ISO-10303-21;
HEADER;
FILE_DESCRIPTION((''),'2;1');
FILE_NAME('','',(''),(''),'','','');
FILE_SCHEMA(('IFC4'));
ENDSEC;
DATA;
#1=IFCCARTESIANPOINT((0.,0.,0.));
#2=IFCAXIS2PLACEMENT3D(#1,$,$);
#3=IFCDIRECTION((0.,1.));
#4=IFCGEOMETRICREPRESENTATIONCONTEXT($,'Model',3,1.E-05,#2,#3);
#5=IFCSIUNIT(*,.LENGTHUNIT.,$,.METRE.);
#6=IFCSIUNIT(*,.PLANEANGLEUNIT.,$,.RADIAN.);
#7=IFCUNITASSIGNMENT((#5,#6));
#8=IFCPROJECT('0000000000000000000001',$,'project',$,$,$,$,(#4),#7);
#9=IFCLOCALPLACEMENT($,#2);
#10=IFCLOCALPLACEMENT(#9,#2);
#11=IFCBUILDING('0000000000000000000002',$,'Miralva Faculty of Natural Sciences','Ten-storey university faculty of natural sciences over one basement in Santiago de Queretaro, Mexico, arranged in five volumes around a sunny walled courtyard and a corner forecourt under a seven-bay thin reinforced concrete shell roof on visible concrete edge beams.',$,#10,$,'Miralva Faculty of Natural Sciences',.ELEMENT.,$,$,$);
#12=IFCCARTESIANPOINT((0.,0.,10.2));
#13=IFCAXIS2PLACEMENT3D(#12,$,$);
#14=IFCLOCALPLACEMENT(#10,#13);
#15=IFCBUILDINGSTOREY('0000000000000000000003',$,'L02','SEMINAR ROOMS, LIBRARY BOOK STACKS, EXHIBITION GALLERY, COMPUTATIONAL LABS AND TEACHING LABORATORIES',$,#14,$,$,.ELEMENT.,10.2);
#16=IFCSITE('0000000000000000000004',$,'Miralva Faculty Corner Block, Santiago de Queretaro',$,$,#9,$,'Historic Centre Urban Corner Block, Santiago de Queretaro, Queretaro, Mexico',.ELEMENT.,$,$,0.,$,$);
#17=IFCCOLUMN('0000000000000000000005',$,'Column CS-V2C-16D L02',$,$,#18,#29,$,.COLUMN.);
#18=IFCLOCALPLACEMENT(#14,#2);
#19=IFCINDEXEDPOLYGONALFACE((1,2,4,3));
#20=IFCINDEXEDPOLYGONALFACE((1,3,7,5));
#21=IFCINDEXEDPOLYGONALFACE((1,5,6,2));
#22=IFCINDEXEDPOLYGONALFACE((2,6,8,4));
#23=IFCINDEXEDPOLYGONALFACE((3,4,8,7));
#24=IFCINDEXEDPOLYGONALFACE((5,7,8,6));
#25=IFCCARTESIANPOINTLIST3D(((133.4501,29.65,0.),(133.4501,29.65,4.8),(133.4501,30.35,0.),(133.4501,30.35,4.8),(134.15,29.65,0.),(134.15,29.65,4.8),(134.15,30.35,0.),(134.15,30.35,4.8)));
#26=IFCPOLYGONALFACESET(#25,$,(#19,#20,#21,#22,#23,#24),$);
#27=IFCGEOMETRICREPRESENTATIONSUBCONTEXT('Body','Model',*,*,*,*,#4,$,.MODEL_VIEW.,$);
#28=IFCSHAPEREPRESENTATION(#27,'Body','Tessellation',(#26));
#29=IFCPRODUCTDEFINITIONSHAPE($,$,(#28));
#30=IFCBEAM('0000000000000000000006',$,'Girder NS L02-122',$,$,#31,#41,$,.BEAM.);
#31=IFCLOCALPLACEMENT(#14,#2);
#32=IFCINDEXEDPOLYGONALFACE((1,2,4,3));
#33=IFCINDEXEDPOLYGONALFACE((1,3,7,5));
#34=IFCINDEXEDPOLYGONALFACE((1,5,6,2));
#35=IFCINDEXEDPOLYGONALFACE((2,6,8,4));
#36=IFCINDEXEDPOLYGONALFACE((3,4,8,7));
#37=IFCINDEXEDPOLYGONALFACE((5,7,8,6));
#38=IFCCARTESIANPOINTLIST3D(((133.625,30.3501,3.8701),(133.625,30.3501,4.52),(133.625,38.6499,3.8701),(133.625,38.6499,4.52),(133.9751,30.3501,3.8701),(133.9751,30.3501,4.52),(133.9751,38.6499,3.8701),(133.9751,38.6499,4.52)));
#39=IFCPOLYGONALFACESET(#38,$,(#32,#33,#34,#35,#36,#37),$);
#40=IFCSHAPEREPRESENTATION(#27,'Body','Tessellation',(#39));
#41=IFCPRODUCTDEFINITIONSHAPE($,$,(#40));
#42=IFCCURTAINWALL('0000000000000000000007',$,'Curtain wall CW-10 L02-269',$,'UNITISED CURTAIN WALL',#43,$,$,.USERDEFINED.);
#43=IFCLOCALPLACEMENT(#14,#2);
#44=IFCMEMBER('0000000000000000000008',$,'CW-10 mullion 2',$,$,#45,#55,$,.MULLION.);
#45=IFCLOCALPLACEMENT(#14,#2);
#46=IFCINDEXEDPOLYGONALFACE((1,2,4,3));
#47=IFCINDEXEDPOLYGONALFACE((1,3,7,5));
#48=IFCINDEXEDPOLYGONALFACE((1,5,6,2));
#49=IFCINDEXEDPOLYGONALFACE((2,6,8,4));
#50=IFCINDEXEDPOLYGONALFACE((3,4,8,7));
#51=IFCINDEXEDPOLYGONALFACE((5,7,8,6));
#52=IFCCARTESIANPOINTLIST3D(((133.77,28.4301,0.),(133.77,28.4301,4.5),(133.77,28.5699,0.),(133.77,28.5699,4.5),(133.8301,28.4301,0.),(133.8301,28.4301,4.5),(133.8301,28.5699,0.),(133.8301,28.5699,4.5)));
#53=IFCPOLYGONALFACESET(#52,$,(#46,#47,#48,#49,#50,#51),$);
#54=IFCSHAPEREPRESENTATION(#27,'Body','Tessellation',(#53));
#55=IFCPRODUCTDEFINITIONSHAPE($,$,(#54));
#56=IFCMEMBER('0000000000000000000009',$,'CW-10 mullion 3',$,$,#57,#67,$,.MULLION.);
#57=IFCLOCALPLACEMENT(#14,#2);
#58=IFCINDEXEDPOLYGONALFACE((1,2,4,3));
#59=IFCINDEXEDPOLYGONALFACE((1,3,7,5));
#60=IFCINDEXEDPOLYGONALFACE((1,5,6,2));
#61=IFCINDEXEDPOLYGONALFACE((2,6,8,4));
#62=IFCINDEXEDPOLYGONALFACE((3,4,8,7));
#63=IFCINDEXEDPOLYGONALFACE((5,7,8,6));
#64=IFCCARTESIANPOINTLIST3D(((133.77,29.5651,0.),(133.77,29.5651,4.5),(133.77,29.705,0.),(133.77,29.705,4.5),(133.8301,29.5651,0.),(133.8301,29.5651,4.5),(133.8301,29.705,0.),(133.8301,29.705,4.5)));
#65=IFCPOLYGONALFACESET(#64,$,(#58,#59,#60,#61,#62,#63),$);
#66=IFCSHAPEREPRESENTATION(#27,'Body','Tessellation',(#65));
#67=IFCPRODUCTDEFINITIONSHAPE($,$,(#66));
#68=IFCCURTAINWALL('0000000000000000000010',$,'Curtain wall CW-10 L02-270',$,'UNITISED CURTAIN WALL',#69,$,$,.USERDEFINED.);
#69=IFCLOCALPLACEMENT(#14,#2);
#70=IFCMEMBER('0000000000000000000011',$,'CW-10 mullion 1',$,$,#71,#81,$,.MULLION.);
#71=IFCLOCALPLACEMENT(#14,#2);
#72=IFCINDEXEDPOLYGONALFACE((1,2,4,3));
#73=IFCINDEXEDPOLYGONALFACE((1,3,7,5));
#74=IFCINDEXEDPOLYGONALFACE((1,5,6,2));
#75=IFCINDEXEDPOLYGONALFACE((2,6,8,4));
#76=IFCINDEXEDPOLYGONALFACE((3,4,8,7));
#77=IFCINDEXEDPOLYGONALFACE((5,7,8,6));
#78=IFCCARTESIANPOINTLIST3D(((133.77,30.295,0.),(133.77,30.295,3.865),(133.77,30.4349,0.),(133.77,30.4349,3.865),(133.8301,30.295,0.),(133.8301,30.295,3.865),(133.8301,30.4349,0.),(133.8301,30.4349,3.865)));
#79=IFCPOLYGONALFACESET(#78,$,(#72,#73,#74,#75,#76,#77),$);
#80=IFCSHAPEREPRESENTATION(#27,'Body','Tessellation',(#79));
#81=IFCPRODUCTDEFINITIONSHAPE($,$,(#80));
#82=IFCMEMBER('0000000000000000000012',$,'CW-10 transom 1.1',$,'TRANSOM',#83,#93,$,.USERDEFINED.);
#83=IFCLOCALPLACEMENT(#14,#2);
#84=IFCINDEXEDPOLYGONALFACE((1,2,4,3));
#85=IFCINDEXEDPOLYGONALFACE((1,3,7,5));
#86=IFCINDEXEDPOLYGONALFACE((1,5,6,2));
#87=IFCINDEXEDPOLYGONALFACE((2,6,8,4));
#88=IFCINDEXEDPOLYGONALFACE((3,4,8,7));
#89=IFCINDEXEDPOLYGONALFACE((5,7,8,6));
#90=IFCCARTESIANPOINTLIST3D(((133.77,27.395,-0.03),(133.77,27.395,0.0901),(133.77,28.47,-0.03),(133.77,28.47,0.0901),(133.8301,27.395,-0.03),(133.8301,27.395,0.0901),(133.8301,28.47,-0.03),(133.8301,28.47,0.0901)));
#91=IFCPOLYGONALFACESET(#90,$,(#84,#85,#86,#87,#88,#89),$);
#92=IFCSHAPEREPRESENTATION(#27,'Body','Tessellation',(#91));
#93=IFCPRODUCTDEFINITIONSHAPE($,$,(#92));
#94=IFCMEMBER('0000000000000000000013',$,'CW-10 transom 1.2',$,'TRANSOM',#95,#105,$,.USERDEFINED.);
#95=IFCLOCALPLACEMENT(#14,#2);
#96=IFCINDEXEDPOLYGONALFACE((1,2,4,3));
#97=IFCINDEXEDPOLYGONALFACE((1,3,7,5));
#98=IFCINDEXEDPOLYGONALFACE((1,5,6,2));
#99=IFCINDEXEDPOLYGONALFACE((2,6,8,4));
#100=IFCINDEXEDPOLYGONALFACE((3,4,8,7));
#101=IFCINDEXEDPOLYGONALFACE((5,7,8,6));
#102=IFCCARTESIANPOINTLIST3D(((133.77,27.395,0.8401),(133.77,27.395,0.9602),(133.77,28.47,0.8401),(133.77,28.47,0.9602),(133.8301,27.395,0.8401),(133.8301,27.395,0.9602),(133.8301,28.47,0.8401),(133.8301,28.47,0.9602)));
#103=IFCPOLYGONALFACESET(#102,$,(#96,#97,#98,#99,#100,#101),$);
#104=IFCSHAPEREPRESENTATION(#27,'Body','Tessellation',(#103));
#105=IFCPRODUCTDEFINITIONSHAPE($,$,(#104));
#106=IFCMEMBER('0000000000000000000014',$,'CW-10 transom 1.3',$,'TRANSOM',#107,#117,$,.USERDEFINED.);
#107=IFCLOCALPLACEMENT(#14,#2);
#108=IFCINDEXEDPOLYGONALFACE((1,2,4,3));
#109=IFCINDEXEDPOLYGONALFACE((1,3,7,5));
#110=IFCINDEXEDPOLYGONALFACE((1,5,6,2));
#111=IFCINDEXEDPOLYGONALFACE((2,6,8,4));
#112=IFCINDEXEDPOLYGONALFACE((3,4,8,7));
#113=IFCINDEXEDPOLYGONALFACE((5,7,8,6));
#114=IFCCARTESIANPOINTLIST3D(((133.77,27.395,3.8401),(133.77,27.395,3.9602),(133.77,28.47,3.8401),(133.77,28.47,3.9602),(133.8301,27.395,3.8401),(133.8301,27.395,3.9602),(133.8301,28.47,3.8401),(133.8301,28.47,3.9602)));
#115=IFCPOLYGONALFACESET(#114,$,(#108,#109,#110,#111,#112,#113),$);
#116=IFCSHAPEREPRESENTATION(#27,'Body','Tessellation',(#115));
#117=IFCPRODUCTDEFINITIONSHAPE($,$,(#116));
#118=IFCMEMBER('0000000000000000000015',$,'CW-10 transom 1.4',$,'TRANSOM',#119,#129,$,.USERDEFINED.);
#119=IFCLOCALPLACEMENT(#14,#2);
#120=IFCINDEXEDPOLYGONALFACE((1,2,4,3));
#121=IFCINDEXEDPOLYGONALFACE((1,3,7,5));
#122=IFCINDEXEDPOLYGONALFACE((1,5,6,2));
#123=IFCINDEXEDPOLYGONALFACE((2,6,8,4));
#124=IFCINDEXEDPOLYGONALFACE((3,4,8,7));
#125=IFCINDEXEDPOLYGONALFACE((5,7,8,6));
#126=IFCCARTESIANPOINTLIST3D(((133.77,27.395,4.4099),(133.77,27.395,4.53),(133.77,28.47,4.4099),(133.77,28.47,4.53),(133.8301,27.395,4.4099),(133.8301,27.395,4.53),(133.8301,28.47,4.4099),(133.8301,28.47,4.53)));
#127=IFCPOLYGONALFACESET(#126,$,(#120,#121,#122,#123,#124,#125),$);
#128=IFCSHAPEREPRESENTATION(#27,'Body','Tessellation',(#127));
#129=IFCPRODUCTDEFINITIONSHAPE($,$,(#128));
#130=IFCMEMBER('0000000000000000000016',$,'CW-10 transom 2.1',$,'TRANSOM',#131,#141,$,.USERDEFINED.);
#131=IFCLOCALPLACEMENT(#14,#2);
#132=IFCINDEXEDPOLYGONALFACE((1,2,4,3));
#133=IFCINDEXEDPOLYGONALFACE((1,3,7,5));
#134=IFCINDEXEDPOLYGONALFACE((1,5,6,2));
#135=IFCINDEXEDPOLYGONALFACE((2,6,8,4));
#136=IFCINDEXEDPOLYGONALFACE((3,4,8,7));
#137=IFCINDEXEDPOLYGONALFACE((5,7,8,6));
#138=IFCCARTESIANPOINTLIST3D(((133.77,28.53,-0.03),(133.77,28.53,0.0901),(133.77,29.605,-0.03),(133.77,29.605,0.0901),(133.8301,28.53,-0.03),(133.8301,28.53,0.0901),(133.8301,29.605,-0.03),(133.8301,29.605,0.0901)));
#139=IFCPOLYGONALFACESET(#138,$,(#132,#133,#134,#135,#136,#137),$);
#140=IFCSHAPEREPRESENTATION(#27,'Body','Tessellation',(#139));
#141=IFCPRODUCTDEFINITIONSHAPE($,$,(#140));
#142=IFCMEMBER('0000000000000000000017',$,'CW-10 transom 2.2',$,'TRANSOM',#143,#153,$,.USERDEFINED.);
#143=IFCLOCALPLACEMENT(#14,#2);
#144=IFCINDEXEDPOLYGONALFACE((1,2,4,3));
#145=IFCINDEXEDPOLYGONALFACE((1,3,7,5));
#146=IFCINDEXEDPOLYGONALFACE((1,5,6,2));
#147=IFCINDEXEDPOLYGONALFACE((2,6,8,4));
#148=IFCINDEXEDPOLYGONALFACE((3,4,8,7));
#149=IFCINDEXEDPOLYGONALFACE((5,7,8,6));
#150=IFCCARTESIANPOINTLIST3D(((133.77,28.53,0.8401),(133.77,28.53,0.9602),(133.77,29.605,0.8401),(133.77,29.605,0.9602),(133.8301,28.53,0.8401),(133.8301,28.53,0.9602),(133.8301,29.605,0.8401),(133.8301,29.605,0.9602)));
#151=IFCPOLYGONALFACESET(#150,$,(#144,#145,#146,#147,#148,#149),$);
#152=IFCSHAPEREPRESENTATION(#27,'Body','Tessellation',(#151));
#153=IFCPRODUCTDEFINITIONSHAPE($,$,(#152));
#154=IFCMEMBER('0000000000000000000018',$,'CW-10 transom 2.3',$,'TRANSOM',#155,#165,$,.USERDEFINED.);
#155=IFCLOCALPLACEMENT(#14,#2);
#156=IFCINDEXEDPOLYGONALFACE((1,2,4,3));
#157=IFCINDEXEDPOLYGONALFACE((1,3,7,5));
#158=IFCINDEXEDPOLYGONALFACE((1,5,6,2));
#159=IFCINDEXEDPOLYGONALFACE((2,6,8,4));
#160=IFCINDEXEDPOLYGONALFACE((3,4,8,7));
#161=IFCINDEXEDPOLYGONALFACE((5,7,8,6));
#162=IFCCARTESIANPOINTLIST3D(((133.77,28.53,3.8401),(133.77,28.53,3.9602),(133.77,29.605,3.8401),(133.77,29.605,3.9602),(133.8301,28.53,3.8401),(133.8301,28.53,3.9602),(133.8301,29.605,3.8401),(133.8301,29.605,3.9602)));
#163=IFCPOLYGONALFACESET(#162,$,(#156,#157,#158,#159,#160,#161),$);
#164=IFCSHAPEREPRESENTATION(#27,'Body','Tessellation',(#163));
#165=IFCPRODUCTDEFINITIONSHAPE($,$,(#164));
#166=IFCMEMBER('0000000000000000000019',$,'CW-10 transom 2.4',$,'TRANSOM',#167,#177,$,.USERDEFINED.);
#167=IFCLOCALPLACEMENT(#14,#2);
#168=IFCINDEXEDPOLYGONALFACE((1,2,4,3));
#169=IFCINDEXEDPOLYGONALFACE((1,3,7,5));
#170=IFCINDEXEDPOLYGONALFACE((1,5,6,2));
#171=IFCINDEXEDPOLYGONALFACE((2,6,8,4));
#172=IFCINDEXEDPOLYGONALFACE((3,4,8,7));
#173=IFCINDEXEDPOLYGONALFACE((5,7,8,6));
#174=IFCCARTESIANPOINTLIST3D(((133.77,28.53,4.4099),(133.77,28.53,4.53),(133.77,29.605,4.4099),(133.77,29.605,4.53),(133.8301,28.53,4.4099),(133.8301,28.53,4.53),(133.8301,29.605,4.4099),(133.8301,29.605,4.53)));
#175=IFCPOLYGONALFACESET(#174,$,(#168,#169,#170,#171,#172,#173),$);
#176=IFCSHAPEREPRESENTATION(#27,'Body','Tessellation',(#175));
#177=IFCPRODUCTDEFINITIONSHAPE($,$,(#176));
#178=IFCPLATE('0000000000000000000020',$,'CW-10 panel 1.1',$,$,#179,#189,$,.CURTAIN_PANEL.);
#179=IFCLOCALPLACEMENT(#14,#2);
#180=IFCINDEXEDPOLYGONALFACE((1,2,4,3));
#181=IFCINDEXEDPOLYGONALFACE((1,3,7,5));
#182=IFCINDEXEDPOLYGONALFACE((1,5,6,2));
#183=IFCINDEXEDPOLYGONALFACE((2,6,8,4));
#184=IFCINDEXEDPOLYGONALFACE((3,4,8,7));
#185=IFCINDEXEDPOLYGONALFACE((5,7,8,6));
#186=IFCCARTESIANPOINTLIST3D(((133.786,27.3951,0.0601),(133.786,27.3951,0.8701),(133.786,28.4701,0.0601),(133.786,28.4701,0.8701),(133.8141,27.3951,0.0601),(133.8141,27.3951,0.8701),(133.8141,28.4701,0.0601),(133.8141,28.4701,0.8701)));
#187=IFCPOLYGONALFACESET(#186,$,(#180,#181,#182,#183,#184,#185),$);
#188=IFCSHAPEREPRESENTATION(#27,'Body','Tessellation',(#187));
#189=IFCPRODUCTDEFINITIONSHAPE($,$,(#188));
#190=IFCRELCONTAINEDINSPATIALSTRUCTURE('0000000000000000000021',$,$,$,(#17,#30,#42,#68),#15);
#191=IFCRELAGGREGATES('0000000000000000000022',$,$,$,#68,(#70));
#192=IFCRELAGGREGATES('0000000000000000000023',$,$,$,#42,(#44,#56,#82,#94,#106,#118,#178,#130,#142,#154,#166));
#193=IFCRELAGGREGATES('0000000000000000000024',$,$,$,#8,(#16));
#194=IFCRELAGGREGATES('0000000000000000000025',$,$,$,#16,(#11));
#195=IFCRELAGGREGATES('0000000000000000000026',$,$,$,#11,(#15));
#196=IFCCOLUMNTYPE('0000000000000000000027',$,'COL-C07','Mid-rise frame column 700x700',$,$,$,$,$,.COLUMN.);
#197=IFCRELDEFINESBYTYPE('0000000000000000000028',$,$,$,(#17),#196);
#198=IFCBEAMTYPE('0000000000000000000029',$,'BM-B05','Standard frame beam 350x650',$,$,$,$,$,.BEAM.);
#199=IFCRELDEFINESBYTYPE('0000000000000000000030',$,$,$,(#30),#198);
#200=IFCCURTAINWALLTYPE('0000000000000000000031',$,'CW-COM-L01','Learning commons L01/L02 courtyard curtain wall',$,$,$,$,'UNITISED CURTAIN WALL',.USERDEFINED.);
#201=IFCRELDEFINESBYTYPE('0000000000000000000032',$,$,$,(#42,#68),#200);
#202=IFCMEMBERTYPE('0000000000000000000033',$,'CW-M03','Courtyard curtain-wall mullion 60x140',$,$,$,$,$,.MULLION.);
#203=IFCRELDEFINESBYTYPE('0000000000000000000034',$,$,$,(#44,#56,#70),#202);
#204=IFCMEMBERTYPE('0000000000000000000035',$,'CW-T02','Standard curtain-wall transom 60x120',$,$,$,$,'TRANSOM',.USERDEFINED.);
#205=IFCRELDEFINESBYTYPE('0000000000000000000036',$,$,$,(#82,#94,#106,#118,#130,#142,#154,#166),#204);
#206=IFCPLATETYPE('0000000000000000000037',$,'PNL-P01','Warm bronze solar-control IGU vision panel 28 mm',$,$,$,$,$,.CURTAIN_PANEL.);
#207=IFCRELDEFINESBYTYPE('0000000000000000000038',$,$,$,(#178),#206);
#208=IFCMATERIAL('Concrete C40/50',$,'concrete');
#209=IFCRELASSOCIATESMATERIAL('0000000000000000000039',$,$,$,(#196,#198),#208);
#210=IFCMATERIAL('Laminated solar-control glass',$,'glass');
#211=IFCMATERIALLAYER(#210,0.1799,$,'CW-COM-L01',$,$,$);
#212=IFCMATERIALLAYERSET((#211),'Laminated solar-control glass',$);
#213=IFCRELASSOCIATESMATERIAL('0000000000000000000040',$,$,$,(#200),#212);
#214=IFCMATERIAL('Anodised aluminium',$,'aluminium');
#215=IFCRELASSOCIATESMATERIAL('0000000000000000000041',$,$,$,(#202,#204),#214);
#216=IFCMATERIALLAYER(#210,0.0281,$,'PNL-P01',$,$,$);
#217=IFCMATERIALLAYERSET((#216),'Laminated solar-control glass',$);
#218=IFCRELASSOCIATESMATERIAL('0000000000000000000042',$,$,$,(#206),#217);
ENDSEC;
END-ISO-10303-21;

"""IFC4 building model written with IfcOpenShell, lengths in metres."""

from ifc_helpers import new_model, si_unit, direction, frame, origin, origin_2d, place, context, subcontext, project, spatial, rectangle, extrude, material, layer, layer_set, material_profile, profile_set, type_object, element, aggregate, save


model = new_model("IFC4")

# Units and contexts
model_context = context("Model", 3, precision=1e-05, world=origin(), true_north=direction((0.0, 1.0)))
body_context = subcontext(model_context, "Body", "Model", "MODEL_VIEW")
ifc_project = project(units=[si_unit("LENGTHUNIT", "METRE"), si_unit("PLANEANGLEUNIT", "RADIAN")], contexts=[model_context])

# Site, building, storey
site_placement = place(None, origin())
site = spatial("IfcSite", under=ifc_project, at=site_placement, Name="Miralva Faculty Corner Block, Santiago de Queretaro", LongName="Historic Centre Urban Corner Block, Santiago de Queretaro, Queretaro, Mexico", CompositionType="ELEMENT", RefElevation=0.0)
building_placement = place(site_placement, origin())
building = spatial("IfcBuilding", under=site, at=building_placement, Name="Miralva Faculty of Natural Sciences", Description="Ten-storey university faculty of natural sciences over one basement in Santiago de Queretaro, Mexico, arranged in five volumes around a sunny walled courtyard and a corner forecourt under a seven-bay thin reinforced concrete shell roof on visible concrete edge beams.", LongName="Miralva Faculty of Natural Sciences", CompositionType="ELEMENT")
storey_placement = place(building_placement, frame((0.0, 0.0, 10.2)))
storey = spatial("IfcBuildingStorey", under=building, at=storey_placement, Name="L02", Description="SEMINAR ROOMS, LIBRARY BOOK STACKS, EXHIBITION GALLERY, COMPUTATIONAL LABS AND TEACHING LABORATORIES", CompositionType="ELEMENT", Elevation=10.2)

# Column
ifc_material_1 = material(Name="Concrete C40/50", Category="concrete")
ifc_material_profile_1 = material_profile(ifc_material_1, rectangle(XDim=0.7, YDim=0.7, at=origin_2d()), Name="RC 700x700")
ifc_profile_set_1 = profile_set([ifc_material_profile_1], Name="Concrete C40/50")
column_type = type_object("IfcColumnType", Name="COL-C07", Description="Mid-rise frame column 700x700", PredefinedType="COLUMN", material=ifc_profile_set_1)
column_placement = place(storey_placement, frame((133.8, 30.0, 0.0), z_axis=(0.0, 0.0, 1.0), x_axis=(1.0, 0.0, 0.0)))
element("IfcColumn", 1, at=column_placement, inside=storey, type_object=column_type, Name="Column CS-V2C-16D L02", PredefinedType="COLUMN", context=body_context, shape_type="SweptSolid", body=[
    extrude(rectangle(XDim=0.7, YDim=0.7, at=origin_2d()), origin(), (0.0, 0.0, 1.0), 4.8),
])

# Beam
ifc_material_profile_2 = material_profile(ifc_material_1, rectangle(XDim=0.3501, YDim=0.6499, at=origin_2d()), Name="RC 350x650")
ifc_profile_set_2 = profile_set([ifc_material_profile_2], Name="Concrete C40/50")
beam_type = type_object("IfcBeamType", Name="BM-B05", Description="Standard frame beam 350x650", PredefinedType="BEAM", material=ifc_profile_set_2)
beam_placement = place(storey_placement, frame((133.8, 30.3501, 4.1951), z_axis=(0.0, 1.0, 0.0), x_axis=(-1.0, 0.0, 0.0)))
element("IfcBeam", 2, at=beam_placement, inside=storey, type_object=beam_type, Name="Girder NS L02-122", PredefinedType="BEAM", context=body_context, shape_type="SweptSolid", body=[
    extrude(rectangle(XDim=0.3501, YDim=0.6499, at=origin_2d()), origin(), (0.0, 0.0, 1.0), 8.2998),
])

# Curtain wall, members
ifc_material_2 = material(Name="Laminated solar-control glass", Category="glass")
ifc_layer_1 = layer(ifc_material_2, 0.1799, Name="CW-COM-L01")
ifc_layer_set_1 = layer_set([ifc_layer_1], Name="Laminated solar-control glass")
curtain_wall_type = type_object("IfcCurtainWallType", Name="CW-COM-L01", Description="Learning commons L01/L02 courtyard curtain wall", ElementType="UNITISED CURTAIN WALL", PredefinedType="USERDEFINED", material=ifc_layer_set_1)
curtain_wall_1_placement = place(storey_placement, origin())
curtain_wall_1 = element("IfcCurtainWall", 3, at=curtain_wall_1_placement, inside=storey, type_object=curtain_wall_type, Name="Curtain wall CW-10 L02-269", ObjectType="UNITISED CURTAIN WALL", PredefinedType="USERDEFINED")
ifc_material_3 = material(Name="Anodised aluminium", Category="aluminium")
ifc_material_profile_3 = material_profile(ifc_material_3, rectangle(XDim=0.0601, YDim=0.1399, at=origin_2d()), Name="MULLION 60x140")
ifc_profile_set_3 = profile_set([ifc_material_profile_3], Name="Anodised aluminium")
member_type_1 = type_object("IfcMemberType", Name="CW-M03", Description="Courtyard curtain-wall mullion 60x140", PredefinedType="MULLION", material=ifc_profile_set_3)
member_1_placement = place(storey_placement, frame((133.8, 28.5, 0.0), z_axis=(0.0, 0.0, 1.0), x_axis=(-1.0, 0.0, 0.0)))
member_1 = element("IfcMember", 4, at=member_1_placement, type_object=member_type_1, Name="CW-10 mullion 2", PredefinedType="MULLION", context=body_context, shape_type="SweptSolid", body=[
    extrude(rectangle(XDim=0.0601, YDim=0.1399, at=origin_2d()), origin(), (0.0, 0.0, 1.0), 4.5),
])
member_2_placement = place(storey_placement, frame((133.8, 29.635, 0.0), z_axis=(0.0, 0.0, 1.0), x_axis=(-1.0, 0.0, 0.0)))
member_2 = element("IfcMember", 5, at=member_2_placement, type_object=member_type_1, Name="CW-10 mullion 3", PredefinedType="MULLION", context=body_context, shape_type="SweptSolid", body=[
    extrude(rectangle(XDim=0.0601, YDim=0.1399, at=origin_2d()), origin(), (0.0, 0.0, 1.0), 4.5),
])

# Curtain wall, member
curtain_wall_2_placement = place(storey_placement, origin())
curtain_wall_2 = element("IfcCurtainWall", 6, at=curtain_wall_2_placement, inside=storey, type_object=curtain_wall_type, Name="Curtain wall CW-10 L02-270", ObjectType="UNITISED CURTAIN WALL", PredefinedType="USERDEFINED")
member_3_placement = place(storey_placement, frame((133.8, 30.365, 0.0), z_axis=(0.0, 0.0, 1.0), x_axis=(-1.0, 0.0, 0.0)))
member_3 = element("IfcMember", 7, at=member_3_placement, type_object=member_type_1, Name="CW-10 mullion 1", PredefinedType="MULLION", context=body_context, shape_type="SweptSolid", body=[
    extrude(rectangle(XDim=0.0601, YDim=0.1399, at=origin_2d()), origin(), (0.0, 0.0, 1.0), 3.865),
])
aggregate(curtain_wall_2, [member_3])

# Members
ifc_material_profile_4 = material_profile(ifc_material_3, rectangle(XDim=0.0601, YDim=0.1201, at=origin_2d()), Name="TRANSOM 60x120")
ifc_profile_set_4 = profile_set([ifc_material_profile_4], Name="Anodised aluminium")
member_type_2 = type_object("IfcMemberType", Name="CW-T02", Description="Standard curtain-wall transom 60x120", ElementType="TRANSOM", PredefinedType="USERDEFINED", material=ifc_profile_set_4)
member_4_placement = place(storey_placement, frame((133.8, 27.395, 0.03), z_axis=(0.0, 1.0, 0.0), x_axis=(-1.0, 0.0, 0.0)))
member_4 = element("IfcMember", 8, at=member_4_placement, type_object=member_type_2, Name="CW-10 transom 1.1", ObjectType="TRANSOM", PredefinedType="USERDEFINED", context=body_context, shape_type="SweptSolid", body=[
    extrude(rectangle(XDim=0.0601, YDim=0.1201, at=origin_2d()), origin(), (0.0, 0.0, 1.0), 1.075),
])
member_5_placement = place(storey_placement, frame((133.8, 27.395, 0.9001), z_axis=(0.0, 1.0, 0.0), x_axis=(-1.0, 0.0, 0.0)))
member_5 = element("IfcMember", 9, at=member_5_placement, type_object=member_type_2, Name="CW-10 transom 1.2", ObjectType="TRANSOM", PredefinedType="USERDEFINED", context=body_context, shape_type="SweptSolid", body=[
    extrude(rectangle(XDim=0.0601, YDim=0.1201, at=origin_2d()), origin(), (0.0, 0.0, 1.0), 1.075),
])
member_6_placement = place(storey_placement, frame((133.8, 27.395, 3.9001), z_axis=(0.0, 1.0, 0.0), x_axis=(-1.0, 0.0, 0.0)))
member_6 = element("IfcMember", 10, at=member_6_placement, type_object=member_type_2, Name="CW-10 transom 1.3", ObjectType="TRANSOM", PredefinedType="USERDEFINED", context=body_context, shape_type="SweptSolid", body=[
    extrude(rectangle(XDim=0.0601, YDim=0.1201, at=origin_2d()), origin(), (0.0, 0.0, 1.0), 1.075),
])
member_7_placement = place(storey_placement, frame((133.8, 27.395, 4.47), z_axis=(0.0, 1.0, 0.0), x_axis=(-1.0, 0.0, 0.0)))
member_7 = element("IfcMember", 11, at=member_7_placement, type_object=member_type_2, Name="CW-10 transom 1.4", ObjectType="TRANSOM", PredefinedType="USERDEFINED", context=body_context, shape_type="SweptSolid", body=[
    extrude(rectangle(XDim=0.0601, YDim=0.1201, at=origin_2d()), origin(), (0.0, 0.0, 1.0), 1.075),
])
member_8_placement = place(storey_placement, frame((133.8, 28.53, 0.03), z_axis=(0.0, 1.0, 0.0), x_axis=(-1.0, 0.0, 0.0)))
member_8 = element("IfcMember", 12, at=member_8_placement, type_object=member_type_2, Name="CW-10 transom 2.1", ObjectType="TRANSOM", PredefinedType="USERDEFINED", context=body_context, shape_type="SweptSolid", body=[
    extrude(rectangle(XDim=0.0601, YDim=0.1201, at=origin_2d()), origin(), (0.0, 0.0, 1.0), 1.075),
])
member_9_placement = place(storey_placement, frame((133.8, 28.53, 0.9001), z_axis=(0.0, 1.0, 0.0), x_axis=(-1.0, 0.0, 0.0)))
member_9 = element("IfcMember", 13, at=member_9_placement, type_object=member_type_2, Name="CW-10 transom 2.2", ObjectType="TRANSOM", PredefinedType="USERDEFINED", context=body_context, shape_type="SweptSolid", body=[
    extrude(rectangle(XDim=0.0601, YDim=0.1201, at=origin_2d()), origin(), (0.0, 0.0, 1.0), 1.075),
])
member_10_placement = place(storey_placement, frame((133.8, 28.53, 3.9001), z_axis=(0.0, 1.0, 0.0), x_axis=(-1.0, 0.0, 0.0)))
member_10 = element("IfcMember", 14, at=member_10_placement, type_object=member_type_2, Name="CW-10 transom 2.3", ObjectType="TRANSOM", PredefinedType="USERDEFINED", context=body_context, shape_type="SweptSolid", body=[
    extrude(rectangle(XDim=0.0601, YDim=0.1201, at=origin_2d()), origin(), (0.0, 0.0, 1.0), 1.075),
])
member_11_placement = place(storey_placement, frame((133.8, 28.53, 4.47), z_axis=(0.0, 1.0, 0.0), x_axis=(-1.0, 0.0, 0.0)))
member_11 = element("IfcMember", 15, at=member_11_placement, type_object=member_type_2, Name="CW-10 transom 2.4", ObjectType="TRANSOM", PredefinedType="USERDEFINED", context=body_context, shape_type="SweptSolid", body=[
    extrude(rectangle(XDim=0.0601, YDim=0.1201, at=origin_2d()), origin(), (0.0, 0.0, 1.0), 1.075),
])

# Plate
ifc_layer_2 = layer(ifc_material_2, 0.0281, Name="PNL-P01")
ifc_layer_set_2 = layer_set([ifc_layer_2], Name="Laminated solar-control glass")
plate_type = type_object("IfcPlateType", Name="PNL-P01", Description="Warm bronze solar-control IGU vision panel 28 mm", PredefinedType="CURTAIN_PANEL", material=ifc_layer_set_2)
plate_1_placement = place(storey_placement, frame((133.8, 27.9326, 0.0601), z_axis=(0.0, 0.0, 1.0), x_axis=(0.0, 1.0, 0.0)))
plate_1 = element("IfcPlate", 16, at=plate_1_placement, type_object=plate_type, Name="CW-10 panel 1.1", PredefinedType="CURTAIN_PANEL", context=body_context, shape_type="SweptSolid", body=[
    extrude(rectangle(XDim=1.075, YDim=0.0281, at=origin_2d()), origin(), (0.0, 0.0, 1.0), 0.8101),
])
aggregate(curtain_wall_1, [member_1, member_2, member_4, member_5, member_6, member_7, plate_1, member_8, member_9, member_10, member_11])

save(model, "model.ifc")
